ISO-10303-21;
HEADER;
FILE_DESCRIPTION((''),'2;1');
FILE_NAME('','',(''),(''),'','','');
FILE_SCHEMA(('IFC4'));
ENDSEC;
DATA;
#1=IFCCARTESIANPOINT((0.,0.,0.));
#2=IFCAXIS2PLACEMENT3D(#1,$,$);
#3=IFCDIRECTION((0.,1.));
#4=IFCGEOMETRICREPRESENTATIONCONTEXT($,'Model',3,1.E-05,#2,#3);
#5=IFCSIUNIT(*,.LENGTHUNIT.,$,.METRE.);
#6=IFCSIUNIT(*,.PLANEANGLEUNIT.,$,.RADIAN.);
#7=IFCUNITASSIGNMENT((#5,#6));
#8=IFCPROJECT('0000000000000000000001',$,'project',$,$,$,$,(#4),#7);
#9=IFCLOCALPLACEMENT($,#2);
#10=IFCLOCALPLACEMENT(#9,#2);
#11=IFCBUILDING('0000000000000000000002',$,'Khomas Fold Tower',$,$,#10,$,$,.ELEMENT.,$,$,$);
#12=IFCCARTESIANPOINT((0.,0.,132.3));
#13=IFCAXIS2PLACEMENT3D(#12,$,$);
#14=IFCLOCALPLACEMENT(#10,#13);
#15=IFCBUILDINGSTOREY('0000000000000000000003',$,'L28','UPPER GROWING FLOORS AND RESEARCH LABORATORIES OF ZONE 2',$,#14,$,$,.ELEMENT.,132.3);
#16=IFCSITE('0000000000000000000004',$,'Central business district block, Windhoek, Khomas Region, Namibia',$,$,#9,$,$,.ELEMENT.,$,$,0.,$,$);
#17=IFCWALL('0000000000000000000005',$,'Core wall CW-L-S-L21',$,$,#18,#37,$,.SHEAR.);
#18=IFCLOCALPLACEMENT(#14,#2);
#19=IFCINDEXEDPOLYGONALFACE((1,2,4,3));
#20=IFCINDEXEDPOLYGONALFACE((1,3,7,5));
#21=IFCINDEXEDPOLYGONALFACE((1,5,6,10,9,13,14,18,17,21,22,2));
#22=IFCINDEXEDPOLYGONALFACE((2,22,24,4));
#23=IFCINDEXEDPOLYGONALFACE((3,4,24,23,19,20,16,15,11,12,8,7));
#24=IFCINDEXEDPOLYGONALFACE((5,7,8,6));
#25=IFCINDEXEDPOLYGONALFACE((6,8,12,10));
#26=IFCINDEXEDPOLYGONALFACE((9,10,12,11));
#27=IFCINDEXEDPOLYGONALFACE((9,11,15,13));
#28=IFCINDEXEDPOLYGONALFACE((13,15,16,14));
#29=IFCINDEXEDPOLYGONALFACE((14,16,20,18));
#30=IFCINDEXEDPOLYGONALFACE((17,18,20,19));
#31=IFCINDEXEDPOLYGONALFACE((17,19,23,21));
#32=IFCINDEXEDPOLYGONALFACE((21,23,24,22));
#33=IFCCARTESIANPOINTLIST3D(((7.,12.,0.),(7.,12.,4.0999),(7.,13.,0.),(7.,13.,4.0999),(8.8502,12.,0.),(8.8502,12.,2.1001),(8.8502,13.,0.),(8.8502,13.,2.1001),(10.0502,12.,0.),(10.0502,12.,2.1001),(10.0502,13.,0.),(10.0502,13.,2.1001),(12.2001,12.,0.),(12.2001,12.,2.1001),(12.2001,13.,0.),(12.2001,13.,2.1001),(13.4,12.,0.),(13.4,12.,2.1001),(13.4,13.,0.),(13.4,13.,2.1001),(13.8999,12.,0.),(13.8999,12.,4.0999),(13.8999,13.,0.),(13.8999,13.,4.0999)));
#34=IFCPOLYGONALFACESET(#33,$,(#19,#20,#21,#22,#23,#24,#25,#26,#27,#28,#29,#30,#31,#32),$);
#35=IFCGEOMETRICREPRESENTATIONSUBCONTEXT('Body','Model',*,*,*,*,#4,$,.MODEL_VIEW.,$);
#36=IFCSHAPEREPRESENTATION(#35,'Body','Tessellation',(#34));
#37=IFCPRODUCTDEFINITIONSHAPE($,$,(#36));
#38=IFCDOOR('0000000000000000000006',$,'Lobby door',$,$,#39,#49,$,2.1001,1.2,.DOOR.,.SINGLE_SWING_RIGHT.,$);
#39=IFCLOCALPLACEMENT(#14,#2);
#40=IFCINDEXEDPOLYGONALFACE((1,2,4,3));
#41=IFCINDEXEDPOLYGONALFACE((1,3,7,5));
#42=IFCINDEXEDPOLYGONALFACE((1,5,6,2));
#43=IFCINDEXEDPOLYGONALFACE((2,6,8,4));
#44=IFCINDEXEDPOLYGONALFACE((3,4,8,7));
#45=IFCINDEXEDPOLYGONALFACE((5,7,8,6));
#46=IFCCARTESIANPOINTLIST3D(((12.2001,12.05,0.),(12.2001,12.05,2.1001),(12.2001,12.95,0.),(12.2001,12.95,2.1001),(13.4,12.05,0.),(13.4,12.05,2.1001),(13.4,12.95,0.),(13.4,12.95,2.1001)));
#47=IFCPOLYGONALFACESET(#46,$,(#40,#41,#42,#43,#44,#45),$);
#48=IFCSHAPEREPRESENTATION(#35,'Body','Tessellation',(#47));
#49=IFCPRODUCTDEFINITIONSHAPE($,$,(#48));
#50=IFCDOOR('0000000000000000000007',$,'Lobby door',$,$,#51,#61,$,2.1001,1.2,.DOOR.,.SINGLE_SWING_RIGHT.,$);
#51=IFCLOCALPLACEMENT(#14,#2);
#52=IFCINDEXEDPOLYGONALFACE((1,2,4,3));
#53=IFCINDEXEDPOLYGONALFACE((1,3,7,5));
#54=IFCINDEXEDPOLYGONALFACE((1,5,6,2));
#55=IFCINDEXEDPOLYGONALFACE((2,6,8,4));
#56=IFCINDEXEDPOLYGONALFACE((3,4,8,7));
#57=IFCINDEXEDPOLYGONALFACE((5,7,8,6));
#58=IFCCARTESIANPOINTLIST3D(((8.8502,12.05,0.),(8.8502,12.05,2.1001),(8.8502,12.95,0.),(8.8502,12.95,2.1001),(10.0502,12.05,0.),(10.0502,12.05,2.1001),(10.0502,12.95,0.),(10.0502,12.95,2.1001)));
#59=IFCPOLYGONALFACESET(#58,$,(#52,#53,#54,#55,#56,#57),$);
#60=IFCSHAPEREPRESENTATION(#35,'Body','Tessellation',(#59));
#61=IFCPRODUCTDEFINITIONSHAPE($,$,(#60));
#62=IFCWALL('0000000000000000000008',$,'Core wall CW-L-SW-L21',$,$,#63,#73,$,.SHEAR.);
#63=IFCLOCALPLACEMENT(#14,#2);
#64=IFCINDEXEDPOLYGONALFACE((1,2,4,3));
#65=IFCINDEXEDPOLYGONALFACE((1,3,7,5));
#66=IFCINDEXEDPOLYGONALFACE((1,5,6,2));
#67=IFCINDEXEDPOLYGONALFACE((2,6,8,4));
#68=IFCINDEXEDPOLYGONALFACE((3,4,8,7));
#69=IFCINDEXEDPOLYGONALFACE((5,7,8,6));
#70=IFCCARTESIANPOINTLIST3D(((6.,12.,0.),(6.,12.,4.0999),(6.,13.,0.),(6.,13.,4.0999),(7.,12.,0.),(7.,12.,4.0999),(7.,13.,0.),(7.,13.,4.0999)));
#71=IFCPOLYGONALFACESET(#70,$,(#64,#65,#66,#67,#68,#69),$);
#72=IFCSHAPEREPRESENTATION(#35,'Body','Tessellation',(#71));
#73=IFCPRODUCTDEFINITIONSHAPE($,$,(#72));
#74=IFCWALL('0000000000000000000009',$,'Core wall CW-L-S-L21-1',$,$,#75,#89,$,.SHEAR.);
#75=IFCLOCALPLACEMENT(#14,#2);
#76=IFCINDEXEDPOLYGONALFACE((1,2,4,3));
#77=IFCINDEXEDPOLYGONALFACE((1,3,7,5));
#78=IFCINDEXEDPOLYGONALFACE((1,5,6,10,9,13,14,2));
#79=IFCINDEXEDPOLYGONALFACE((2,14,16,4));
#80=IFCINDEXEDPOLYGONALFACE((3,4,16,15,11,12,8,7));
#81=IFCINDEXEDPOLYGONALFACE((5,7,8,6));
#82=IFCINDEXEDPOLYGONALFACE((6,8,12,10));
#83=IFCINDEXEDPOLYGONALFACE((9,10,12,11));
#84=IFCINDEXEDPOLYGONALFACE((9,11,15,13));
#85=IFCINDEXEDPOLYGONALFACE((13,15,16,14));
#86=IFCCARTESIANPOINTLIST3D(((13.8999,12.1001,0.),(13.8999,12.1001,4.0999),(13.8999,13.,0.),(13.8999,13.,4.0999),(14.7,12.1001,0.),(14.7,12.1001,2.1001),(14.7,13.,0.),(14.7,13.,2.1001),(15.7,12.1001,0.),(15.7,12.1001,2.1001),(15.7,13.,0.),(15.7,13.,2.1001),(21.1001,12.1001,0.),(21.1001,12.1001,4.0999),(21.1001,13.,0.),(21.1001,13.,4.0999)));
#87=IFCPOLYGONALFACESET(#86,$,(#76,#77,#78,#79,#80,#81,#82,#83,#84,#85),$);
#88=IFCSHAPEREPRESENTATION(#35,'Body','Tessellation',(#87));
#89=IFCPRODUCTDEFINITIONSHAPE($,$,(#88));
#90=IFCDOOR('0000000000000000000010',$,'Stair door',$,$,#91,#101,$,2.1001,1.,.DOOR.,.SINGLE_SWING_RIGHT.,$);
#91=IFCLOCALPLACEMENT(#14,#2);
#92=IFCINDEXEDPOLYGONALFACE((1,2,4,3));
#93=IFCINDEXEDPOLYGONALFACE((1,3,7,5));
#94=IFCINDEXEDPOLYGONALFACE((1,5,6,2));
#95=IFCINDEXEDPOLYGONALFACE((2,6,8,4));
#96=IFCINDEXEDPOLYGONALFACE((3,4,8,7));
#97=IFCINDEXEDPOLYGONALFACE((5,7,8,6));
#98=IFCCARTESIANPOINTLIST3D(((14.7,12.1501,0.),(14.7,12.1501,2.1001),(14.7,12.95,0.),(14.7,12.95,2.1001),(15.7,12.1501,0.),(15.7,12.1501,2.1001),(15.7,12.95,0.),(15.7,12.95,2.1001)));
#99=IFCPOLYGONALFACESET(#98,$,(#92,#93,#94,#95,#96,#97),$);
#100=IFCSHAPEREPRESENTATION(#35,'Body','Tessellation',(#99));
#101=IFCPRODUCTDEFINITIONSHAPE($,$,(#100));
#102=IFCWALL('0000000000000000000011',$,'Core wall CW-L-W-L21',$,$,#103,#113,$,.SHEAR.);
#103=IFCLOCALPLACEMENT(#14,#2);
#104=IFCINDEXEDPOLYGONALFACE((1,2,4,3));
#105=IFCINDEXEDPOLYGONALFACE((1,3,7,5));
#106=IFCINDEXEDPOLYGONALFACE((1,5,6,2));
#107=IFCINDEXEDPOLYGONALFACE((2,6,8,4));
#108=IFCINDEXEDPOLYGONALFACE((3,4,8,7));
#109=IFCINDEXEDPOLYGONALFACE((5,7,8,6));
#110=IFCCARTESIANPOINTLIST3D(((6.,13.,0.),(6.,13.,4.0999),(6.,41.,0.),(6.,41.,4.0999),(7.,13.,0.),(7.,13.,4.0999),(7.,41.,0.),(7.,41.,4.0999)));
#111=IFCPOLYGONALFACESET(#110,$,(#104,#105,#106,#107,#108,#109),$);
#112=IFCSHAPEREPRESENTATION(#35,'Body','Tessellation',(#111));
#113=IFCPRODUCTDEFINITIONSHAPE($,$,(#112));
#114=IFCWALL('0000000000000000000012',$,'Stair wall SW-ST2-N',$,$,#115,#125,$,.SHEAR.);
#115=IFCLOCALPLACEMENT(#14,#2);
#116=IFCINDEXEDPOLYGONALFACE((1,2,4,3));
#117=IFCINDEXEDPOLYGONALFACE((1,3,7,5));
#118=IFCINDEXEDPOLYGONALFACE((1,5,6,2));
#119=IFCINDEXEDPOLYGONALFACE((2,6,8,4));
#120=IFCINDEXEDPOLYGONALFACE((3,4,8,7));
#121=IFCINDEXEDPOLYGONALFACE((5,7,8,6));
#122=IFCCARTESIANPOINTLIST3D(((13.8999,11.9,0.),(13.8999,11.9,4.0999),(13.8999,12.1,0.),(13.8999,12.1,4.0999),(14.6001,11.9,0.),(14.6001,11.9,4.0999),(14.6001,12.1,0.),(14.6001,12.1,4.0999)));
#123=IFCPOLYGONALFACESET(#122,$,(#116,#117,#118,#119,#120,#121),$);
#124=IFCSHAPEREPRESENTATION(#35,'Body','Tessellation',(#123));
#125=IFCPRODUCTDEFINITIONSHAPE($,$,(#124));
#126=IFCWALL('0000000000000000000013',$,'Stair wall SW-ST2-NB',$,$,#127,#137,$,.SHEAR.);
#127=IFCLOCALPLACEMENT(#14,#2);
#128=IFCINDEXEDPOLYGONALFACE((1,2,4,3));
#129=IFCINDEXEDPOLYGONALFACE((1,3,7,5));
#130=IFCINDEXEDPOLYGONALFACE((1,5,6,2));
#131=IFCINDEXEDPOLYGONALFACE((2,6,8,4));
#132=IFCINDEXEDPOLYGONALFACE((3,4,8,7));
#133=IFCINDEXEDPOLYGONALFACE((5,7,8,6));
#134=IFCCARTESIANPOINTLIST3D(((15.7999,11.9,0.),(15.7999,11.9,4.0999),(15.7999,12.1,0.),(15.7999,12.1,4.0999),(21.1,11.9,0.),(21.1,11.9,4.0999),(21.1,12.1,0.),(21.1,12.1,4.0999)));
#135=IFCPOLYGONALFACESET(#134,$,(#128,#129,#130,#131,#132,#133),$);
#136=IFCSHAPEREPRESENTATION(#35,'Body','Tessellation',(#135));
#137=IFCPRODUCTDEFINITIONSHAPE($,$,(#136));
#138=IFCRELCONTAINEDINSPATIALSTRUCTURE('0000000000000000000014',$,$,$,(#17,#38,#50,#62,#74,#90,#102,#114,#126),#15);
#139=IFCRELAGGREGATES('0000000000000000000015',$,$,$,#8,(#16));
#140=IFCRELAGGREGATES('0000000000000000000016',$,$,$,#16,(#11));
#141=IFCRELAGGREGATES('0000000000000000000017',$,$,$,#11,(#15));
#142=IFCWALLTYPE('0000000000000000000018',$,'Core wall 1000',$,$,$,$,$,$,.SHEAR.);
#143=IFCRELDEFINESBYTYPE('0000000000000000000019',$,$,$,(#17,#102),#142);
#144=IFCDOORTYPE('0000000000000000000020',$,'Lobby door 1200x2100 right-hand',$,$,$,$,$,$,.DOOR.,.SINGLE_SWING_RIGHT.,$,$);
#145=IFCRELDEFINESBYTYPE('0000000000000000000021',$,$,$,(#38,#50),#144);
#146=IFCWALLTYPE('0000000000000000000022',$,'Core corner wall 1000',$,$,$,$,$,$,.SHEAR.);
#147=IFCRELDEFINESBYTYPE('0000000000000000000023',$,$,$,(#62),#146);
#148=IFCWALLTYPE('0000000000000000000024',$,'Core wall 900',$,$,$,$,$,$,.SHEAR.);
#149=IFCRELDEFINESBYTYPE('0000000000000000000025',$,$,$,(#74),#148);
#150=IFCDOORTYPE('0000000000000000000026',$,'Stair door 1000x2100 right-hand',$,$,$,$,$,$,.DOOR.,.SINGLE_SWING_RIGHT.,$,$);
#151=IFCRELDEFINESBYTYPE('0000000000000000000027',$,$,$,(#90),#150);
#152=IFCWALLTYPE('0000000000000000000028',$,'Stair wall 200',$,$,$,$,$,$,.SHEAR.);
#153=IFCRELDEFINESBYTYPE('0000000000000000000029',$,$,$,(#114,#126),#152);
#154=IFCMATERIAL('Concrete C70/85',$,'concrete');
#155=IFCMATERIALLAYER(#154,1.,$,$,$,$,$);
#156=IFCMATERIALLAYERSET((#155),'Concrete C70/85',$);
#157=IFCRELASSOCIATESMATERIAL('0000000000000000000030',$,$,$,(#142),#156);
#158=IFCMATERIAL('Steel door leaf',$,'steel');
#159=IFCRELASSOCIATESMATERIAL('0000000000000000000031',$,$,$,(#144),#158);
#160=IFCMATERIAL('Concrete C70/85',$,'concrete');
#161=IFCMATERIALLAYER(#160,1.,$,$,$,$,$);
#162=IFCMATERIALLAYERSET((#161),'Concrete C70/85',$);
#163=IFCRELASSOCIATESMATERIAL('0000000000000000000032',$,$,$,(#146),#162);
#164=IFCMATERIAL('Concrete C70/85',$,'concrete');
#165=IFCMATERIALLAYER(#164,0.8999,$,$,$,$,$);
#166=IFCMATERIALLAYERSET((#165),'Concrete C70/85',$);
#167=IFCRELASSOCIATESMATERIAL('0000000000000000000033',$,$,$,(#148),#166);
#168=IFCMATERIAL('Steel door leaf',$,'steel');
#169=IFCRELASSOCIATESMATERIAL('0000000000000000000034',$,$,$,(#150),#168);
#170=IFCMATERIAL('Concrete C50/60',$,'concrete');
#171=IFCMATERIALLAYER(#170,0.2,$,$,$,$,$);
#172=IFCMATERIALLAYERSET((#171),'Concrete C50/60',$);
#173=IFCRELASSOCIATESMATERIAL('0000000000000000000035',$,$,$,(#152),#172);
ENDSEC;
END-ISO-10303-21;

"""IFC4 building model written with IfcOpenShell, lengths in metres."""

from ifc_helpers import new_model, si_unit, direction, frame, frame_2d, origin, place, context, subcontext, project, spatial, rectangle, extrude, source, transform, mapped, material, layer, layer_set, type_object, element, fill, save


model = new_model("IFC4")

# Units and contexts
model_context = context("Model", 3, precision=1e-05, world=origin(), true_north=direction((0.0, 1.0)))
body_context = subcontext(model_context, "Body", "Model", "MODEL_VIEW")
ifc_project = project(units=[si_unit("LENGTHUNIT", "METRE"), si_unit("PLANEANGLEUNIT", "RADIAN")], contexts=[model_context])

# Site, building, storey
site_placement = place(None, origin())
site = spatial("IfcSite", under=ifc_project, at=site_placement, Name="Central business district block, Windhoek, Khomas Region, Namibia", CompositionType="ELEMENT", RefElevation=0.0)
building_placement = place(site_placement, origin())
building = spatial("IfcBuilding", under=site, at=building_placement, Name="Khomas Fold Tower", CompositionType="ELEMENT")
storey_placement = place(building_placement, frame((0.0, 0.0, 132.3)))
storey = spatial("IfcBuildingStorey", under=building, at=storey_placement, Name="L28", Description="UPPER GROWING FLOORS AND RESEARCH LABORATORIES OF ZONE 2", CompositionType="ELEMENT", Elevation=132.3)

# Wall, openings, doors
ifc_material_1 = material(Name="Concrete C70/85", Category="concrete")
ifc_layer_1 = layer(ifc_material_1, 1.0)
ifc_layer_set_1 = layer_set([ifc_layer_1], Name="Concrete C70/85")
wall_type_1 = type_object("IfcWallType", Name="Core wall 1000", PredefinedType="SHEAR", material=ifc_layer_set_1)
shared_shape_1 = source(origin(), body_context, "Body", "SweptSolid", [
    extrude(rectangle(XDim=6.8999, YDim=1.0, at=frame_2d((3.45, 0.0))), origin(), (0.0, 0.0, 1.0), 4.0999),
])
wall_1_placement = place(storey_placement, frame((7.0, 12.5, 0.0), z_axis=(0.0, 0.0, 1.0), x_axis=(1.0, 0.0, 0.0)))
wall_1 = element("IfcWall", 1, at=wall_1_placement, inside=storey, type_object=wall_type_1, Name="Core wall CW-L-S-L21", PredefinedType="SHEAR", context=body_context, shape_type="MappedRepresentation", body=[
    mapped(shared_shape_1, transform((0.0, 0.0, 0.0))),
])
shared_shape_2 = source(origin(), body_context, "Body", "SweptSolid", [
    extrude(rectangle(XDim=1.2, YDim=2.1001, at=frame_2d((0.6001, 1.05))), frame((0.0, 0.51, 0.0), z_axis=(0.0, -1.0, 0.0), x_axis=(1.0, 0.0, 0.0)), (0.0, 0.0, 1.0), 1.02),
])
opening_1_placement = place(wall_1_placement, frame((5.2, 0.0, 0.0)))
opening_1 = element("IfcOpeningElement", 2, at=opening_1_placement, cuts=wall_1, PredefinedType="OPENING", context=body_context, shape_type="MappedRepresentation", body=[
    mapped(shared_shape_2, transform((0.0, 0.0, 0.0))),
])
opening_2_placement = place(wall_1_placement, frame((1.8501, 0.0, 0.0)))
opening_2 = element("IfcOpeningElement", 3, at=opening_2_placement, cuts=wall_1, PredefinedType="OPENING", context=body_context, shape_type="MappedRepresentation", body=[
    mapped(shared_shape_2, transform((0.0, 0.0, 0.0))),
])
ifc_material_2 = material(Name="Steel door leaf", Category="steel")
door_type_1 = type_object("IfcDoorType", Name="Lobby door 1200x2100 right-hand", OperationType="SINGLE_SWING_RIGHT", PredefinedType="DOOR", material=ifc_material_2)
shared_shape_3 = source(origin(), body_context, "Body", "SweptSolid", [
    extrude(rectangle(XDim=1.2, YDim=2.1001, at=frame_2d((0.6001, 1.05))), frame((0.0, 0.45, 0.0), z_axis=(0.0, -1.0, 0.0), x_axis=(1.0, 0.0, 0.0)), (0.0, 0.0, 1.0), 0.8999),
])
door_1_placement = place(opening_1_placement, origin())
door_1 = element("IfcDoor", 4, at=door_1_placement, inside=storey, type_object=door_type_1, Name="Lobby door", OperationType="SINGLE_SWING_RIGHT", OverallHeight=2.1001, OverallWidth=1.2, PredefinedType="DOOR", context=body_context, shape_type="MappedRepresentation", body=[
    mapped(shared_shape_3, transform((0.0, 0.0, 0.0))),
])
fill(opening_1, door_1)
door_2_placement = place(opening_2_placement, origin())
door_2 = element("IfcDoor", 5, at=door_2_placement, inside=storey, type_object=door_type_1, Name="Lobby door", OperationType="SINGLE_SWING_RIGHT", OverallHeight=2.1001, OverallWidth=1.2, PredefinedType="DOOR", context=body_context, shape_type="MappedRepresentation", body=[
    mapped(shared_shape_3, transform((0.0, 0.0, 0.0))),
])
fill(opening_2, door_2)

# Wall
ifc_material_3 = material(Name="Concrete C70/85", Category="concrete")
ifc_layer_2 = layer(ifc_material_3, 1.0)
ifc_layer_set_2 = layer_set([ifc_layer_2], Name="Concrete C70/85")
wall_type_2 = type_object("IfcWallType", Name="Core corner wall 1000", PredefinedType="SHEAR", material=ifc_layer_set_2)
shared_shape_4 = source(origin(), body_context, "Body", "SweptSolid", [
    extrude(rectangle(XDim=1.0, YDim=1.0, at=frame_2d((0.5, 0.0))), origin(), (0.0, 0.0, 1.0), 4.0999),
])
wall_2_placement = place(storey_placement, frame((6.0, 12.5, 0.0), z_axis=(0.0, 0.0, 1.0), x_axis=(1.0, 0.0, 0.0)))
element("IfcWall", 6, at=wall_2_placement, inside=storey, type_object=wall_type_2, Name="Core wall CW-L-SW-L21", PredefinedType="SHEAR", context=body_context, shape_type="MappedRepresentation", body=[
    mapped(shared_shape_4, transform((0.0, 0.0, 0.0))),
])

# Wall, opening, door
ifc_material_4 = material(Name="Concrete C70/85", Category="concrete")
ifc_layer_3 = layer(ifc_material_4, 0.8999)
ifc_layer_set_3 = layer_set([ifc_layer_3], Name="Concrete C70/85")
wall_type_3 = type_object("IfcWallType", Name="Core wall 900", PredefinedType="SHEAR", material=ifc_layer_set_3)
shared_shape_5 = source(origin(), body_context, "Body", "SweptSolid", [
    extrude(rectangle(XDim=7.2002, YDim=0.8999, at=frame_2d((3.6001, 0.0))), origin(), (0.0, 0.0, 1.0), 4.0999),
])
wall_3_placement = place(storey_placement, frame((13.8999, 12.55, 0.0), z_axis=(0.0, 0.0, 1.0), x_axis=(1.0, 0.0, 0.0)))
wall_3 = element("IfcWall", 7, at=wall_3_placement, inside=storey, type_object=wall_type_3, Name="Core wall CW-L-S-L21-1", PredefinedType="SHEAR", context=body_context, shape_type="MappedRepresentation", body=[
    mapped(shared_shape_5, transform((0.0, 0.0, 0.0))),
])
shared_shape_6 = source(origin(), body_context, "Body", "SweptSolid", [
    extrude(rectangle(XDim=1.0, YDim=2.1001, at=frame_2d((0.5, 1.05))), frame((0.0, 0.46, 0.0), z_axis=(0.0, -1.0, 0.0), x_axis=(1.0, 0.0, 0.0)), (0.0, 0.0, 1.0), 0.9199),
])
opening_3_placement = place(wall_3_placement, frame((0.8, 0.0, 0.0)))
opening_3 = element("IfcOpeningElement", 8, at=opening_3_placement, cuts=wall_3, PredefinedType="OPENING", context=body_context, shape_type="MappedRepresentation", body=[
    mapped(shared_shape_6, transform((0.0, 0.0, 0.0))),
])
ifc_material_5 = material(Name="Steel door leaf", Category="steel")
door_type_2 = type_object("IfcDoorType", Name="Stair door 1000x2100 right-hand", OperationType="SINGLE_SWING_RIGHT", PredefinedType="DOOR", material=ifc_material_5)
shared_shape_7 = source(origin(), body_context, "Body", "SweptSolid", [
    extrude(rectangle(XDim=1.0, YDim=2.1001, at=frame_2d((0.5, 1.05))), frame((0.0, 0.3999, 0.0), z_axis=(0.0, -1.0, 0.0), x_axis=(1.0, 0.0, 0.0)), (0.0, 0.0, 1.0), 0.7998),
])
door_3_placement = place(opening_3_placement, origin())
door_3 = element("IfcDoor", 9, at=door_3_placement, inside=storey, type_object=door_type_2, Name="Stair door", OperationType="SINGLE_SWING_RIGHT", OverallHeight=2.1001, OverallWidth=1.0, PredefinedType="DOOR", context=body_context, shape_type="MappedRepresentation", body=[
    mapped(shared_shape_7, transform((0.0, 0.0, 0.0))),
])
fill(opening_3, door_3)

# Walls
shared_shape_8 = source(origin(), body_context, "Body", "SweptSolid", [
    extrude(rectangle(XDim=28.0, YDim=1.0, at=frame_2d((14.0, 0.0))), origin(), (0.0, 0.0, 1.0), 4.0999),
])
wall_4_placement = place(storey_placement, frame((6.5, 13.0, 0.0), z_axis=(0.0, 0.0, 1.0), x_axis=(0.0, 1.0, 0.0)))
element("IfcWall", 10, at=wall_4_placement, inside=storey, type_object=wall_type_1, Name="Core wall CW-L-W-L21", PredefinedType="SHEAR", context=body_context, shape_type="MappedRepresentation", body=[
    mapped(shared_shape_8, transform((0.0, 0.0, 0.0))),
])
ifc_material_6 = material(Name="Concrete C50/60", Category="concrete")
ifc_layer_4 = layer(ifc_material_6, 0.2)
ifc_layer_set_4 = layer_set([ifc_layer_4], Name="Concrete C50/60")
wall_type_4 = type_object("IfcWallType", Name="Stair wall 200", PredefinedType="SHEAR", material=ifc_layer_set_4)
shared_shape_9 = source(origin(), body_context, "Body", "SweptSolid", [
    extrude(rectangle(XDim=0.7002, YDim=0.2, at=frame_2d((0.3501, 0.0))), origin(), (0.0, 0.0, 1.0), 4.0999),
])
wall_5_placement = place(storey_placement, frame((13.8999, 12.0, 0.0), z_axis=(0.0, 0.0, 1.0), x_axis=(1.0, 0.0, 0.0)))
element("IfcWall", 11, at=wall_5_placement, inside=storey, type_object=wall_type_4, Name="Stair wall SW-ST2-N", PredefinedType="SHEAR", context=body_context, shape_type="MappedRepresentation", body=[
    mapped(shared_shape_9, transform((0.0, 0.0, 0.0))),
])
shared_shape_10 = source(origin(), body_context, "Body", "SweptSolid", [
    extrude(rectangle(XDim=5.3, YDim=0.2, at=frame_2d((2.6499, 0.0))), origin(), (0.0, 0.0, 1.0), 4.0999),
])
wall_6_placement = place(storey_placement, frame((15.8, 12.0, 0.0), z_axis=(0.0, 0.0, 1.0), x_axis=(1.0, 0.0, 0.0)))
element("IfcWall", 12, at=wall_6_placement, inside=storey, type_object=wall_type_4, Name="Stair wall SW-ST2-NB", PredefinedType="SHEAR", context=body_context, shape_type="MappedRepresentation", body=[
    mapped(shared_shape_10, transform((0.0, 0.0, 0.0))),
])

save(model, "model.ifc")
